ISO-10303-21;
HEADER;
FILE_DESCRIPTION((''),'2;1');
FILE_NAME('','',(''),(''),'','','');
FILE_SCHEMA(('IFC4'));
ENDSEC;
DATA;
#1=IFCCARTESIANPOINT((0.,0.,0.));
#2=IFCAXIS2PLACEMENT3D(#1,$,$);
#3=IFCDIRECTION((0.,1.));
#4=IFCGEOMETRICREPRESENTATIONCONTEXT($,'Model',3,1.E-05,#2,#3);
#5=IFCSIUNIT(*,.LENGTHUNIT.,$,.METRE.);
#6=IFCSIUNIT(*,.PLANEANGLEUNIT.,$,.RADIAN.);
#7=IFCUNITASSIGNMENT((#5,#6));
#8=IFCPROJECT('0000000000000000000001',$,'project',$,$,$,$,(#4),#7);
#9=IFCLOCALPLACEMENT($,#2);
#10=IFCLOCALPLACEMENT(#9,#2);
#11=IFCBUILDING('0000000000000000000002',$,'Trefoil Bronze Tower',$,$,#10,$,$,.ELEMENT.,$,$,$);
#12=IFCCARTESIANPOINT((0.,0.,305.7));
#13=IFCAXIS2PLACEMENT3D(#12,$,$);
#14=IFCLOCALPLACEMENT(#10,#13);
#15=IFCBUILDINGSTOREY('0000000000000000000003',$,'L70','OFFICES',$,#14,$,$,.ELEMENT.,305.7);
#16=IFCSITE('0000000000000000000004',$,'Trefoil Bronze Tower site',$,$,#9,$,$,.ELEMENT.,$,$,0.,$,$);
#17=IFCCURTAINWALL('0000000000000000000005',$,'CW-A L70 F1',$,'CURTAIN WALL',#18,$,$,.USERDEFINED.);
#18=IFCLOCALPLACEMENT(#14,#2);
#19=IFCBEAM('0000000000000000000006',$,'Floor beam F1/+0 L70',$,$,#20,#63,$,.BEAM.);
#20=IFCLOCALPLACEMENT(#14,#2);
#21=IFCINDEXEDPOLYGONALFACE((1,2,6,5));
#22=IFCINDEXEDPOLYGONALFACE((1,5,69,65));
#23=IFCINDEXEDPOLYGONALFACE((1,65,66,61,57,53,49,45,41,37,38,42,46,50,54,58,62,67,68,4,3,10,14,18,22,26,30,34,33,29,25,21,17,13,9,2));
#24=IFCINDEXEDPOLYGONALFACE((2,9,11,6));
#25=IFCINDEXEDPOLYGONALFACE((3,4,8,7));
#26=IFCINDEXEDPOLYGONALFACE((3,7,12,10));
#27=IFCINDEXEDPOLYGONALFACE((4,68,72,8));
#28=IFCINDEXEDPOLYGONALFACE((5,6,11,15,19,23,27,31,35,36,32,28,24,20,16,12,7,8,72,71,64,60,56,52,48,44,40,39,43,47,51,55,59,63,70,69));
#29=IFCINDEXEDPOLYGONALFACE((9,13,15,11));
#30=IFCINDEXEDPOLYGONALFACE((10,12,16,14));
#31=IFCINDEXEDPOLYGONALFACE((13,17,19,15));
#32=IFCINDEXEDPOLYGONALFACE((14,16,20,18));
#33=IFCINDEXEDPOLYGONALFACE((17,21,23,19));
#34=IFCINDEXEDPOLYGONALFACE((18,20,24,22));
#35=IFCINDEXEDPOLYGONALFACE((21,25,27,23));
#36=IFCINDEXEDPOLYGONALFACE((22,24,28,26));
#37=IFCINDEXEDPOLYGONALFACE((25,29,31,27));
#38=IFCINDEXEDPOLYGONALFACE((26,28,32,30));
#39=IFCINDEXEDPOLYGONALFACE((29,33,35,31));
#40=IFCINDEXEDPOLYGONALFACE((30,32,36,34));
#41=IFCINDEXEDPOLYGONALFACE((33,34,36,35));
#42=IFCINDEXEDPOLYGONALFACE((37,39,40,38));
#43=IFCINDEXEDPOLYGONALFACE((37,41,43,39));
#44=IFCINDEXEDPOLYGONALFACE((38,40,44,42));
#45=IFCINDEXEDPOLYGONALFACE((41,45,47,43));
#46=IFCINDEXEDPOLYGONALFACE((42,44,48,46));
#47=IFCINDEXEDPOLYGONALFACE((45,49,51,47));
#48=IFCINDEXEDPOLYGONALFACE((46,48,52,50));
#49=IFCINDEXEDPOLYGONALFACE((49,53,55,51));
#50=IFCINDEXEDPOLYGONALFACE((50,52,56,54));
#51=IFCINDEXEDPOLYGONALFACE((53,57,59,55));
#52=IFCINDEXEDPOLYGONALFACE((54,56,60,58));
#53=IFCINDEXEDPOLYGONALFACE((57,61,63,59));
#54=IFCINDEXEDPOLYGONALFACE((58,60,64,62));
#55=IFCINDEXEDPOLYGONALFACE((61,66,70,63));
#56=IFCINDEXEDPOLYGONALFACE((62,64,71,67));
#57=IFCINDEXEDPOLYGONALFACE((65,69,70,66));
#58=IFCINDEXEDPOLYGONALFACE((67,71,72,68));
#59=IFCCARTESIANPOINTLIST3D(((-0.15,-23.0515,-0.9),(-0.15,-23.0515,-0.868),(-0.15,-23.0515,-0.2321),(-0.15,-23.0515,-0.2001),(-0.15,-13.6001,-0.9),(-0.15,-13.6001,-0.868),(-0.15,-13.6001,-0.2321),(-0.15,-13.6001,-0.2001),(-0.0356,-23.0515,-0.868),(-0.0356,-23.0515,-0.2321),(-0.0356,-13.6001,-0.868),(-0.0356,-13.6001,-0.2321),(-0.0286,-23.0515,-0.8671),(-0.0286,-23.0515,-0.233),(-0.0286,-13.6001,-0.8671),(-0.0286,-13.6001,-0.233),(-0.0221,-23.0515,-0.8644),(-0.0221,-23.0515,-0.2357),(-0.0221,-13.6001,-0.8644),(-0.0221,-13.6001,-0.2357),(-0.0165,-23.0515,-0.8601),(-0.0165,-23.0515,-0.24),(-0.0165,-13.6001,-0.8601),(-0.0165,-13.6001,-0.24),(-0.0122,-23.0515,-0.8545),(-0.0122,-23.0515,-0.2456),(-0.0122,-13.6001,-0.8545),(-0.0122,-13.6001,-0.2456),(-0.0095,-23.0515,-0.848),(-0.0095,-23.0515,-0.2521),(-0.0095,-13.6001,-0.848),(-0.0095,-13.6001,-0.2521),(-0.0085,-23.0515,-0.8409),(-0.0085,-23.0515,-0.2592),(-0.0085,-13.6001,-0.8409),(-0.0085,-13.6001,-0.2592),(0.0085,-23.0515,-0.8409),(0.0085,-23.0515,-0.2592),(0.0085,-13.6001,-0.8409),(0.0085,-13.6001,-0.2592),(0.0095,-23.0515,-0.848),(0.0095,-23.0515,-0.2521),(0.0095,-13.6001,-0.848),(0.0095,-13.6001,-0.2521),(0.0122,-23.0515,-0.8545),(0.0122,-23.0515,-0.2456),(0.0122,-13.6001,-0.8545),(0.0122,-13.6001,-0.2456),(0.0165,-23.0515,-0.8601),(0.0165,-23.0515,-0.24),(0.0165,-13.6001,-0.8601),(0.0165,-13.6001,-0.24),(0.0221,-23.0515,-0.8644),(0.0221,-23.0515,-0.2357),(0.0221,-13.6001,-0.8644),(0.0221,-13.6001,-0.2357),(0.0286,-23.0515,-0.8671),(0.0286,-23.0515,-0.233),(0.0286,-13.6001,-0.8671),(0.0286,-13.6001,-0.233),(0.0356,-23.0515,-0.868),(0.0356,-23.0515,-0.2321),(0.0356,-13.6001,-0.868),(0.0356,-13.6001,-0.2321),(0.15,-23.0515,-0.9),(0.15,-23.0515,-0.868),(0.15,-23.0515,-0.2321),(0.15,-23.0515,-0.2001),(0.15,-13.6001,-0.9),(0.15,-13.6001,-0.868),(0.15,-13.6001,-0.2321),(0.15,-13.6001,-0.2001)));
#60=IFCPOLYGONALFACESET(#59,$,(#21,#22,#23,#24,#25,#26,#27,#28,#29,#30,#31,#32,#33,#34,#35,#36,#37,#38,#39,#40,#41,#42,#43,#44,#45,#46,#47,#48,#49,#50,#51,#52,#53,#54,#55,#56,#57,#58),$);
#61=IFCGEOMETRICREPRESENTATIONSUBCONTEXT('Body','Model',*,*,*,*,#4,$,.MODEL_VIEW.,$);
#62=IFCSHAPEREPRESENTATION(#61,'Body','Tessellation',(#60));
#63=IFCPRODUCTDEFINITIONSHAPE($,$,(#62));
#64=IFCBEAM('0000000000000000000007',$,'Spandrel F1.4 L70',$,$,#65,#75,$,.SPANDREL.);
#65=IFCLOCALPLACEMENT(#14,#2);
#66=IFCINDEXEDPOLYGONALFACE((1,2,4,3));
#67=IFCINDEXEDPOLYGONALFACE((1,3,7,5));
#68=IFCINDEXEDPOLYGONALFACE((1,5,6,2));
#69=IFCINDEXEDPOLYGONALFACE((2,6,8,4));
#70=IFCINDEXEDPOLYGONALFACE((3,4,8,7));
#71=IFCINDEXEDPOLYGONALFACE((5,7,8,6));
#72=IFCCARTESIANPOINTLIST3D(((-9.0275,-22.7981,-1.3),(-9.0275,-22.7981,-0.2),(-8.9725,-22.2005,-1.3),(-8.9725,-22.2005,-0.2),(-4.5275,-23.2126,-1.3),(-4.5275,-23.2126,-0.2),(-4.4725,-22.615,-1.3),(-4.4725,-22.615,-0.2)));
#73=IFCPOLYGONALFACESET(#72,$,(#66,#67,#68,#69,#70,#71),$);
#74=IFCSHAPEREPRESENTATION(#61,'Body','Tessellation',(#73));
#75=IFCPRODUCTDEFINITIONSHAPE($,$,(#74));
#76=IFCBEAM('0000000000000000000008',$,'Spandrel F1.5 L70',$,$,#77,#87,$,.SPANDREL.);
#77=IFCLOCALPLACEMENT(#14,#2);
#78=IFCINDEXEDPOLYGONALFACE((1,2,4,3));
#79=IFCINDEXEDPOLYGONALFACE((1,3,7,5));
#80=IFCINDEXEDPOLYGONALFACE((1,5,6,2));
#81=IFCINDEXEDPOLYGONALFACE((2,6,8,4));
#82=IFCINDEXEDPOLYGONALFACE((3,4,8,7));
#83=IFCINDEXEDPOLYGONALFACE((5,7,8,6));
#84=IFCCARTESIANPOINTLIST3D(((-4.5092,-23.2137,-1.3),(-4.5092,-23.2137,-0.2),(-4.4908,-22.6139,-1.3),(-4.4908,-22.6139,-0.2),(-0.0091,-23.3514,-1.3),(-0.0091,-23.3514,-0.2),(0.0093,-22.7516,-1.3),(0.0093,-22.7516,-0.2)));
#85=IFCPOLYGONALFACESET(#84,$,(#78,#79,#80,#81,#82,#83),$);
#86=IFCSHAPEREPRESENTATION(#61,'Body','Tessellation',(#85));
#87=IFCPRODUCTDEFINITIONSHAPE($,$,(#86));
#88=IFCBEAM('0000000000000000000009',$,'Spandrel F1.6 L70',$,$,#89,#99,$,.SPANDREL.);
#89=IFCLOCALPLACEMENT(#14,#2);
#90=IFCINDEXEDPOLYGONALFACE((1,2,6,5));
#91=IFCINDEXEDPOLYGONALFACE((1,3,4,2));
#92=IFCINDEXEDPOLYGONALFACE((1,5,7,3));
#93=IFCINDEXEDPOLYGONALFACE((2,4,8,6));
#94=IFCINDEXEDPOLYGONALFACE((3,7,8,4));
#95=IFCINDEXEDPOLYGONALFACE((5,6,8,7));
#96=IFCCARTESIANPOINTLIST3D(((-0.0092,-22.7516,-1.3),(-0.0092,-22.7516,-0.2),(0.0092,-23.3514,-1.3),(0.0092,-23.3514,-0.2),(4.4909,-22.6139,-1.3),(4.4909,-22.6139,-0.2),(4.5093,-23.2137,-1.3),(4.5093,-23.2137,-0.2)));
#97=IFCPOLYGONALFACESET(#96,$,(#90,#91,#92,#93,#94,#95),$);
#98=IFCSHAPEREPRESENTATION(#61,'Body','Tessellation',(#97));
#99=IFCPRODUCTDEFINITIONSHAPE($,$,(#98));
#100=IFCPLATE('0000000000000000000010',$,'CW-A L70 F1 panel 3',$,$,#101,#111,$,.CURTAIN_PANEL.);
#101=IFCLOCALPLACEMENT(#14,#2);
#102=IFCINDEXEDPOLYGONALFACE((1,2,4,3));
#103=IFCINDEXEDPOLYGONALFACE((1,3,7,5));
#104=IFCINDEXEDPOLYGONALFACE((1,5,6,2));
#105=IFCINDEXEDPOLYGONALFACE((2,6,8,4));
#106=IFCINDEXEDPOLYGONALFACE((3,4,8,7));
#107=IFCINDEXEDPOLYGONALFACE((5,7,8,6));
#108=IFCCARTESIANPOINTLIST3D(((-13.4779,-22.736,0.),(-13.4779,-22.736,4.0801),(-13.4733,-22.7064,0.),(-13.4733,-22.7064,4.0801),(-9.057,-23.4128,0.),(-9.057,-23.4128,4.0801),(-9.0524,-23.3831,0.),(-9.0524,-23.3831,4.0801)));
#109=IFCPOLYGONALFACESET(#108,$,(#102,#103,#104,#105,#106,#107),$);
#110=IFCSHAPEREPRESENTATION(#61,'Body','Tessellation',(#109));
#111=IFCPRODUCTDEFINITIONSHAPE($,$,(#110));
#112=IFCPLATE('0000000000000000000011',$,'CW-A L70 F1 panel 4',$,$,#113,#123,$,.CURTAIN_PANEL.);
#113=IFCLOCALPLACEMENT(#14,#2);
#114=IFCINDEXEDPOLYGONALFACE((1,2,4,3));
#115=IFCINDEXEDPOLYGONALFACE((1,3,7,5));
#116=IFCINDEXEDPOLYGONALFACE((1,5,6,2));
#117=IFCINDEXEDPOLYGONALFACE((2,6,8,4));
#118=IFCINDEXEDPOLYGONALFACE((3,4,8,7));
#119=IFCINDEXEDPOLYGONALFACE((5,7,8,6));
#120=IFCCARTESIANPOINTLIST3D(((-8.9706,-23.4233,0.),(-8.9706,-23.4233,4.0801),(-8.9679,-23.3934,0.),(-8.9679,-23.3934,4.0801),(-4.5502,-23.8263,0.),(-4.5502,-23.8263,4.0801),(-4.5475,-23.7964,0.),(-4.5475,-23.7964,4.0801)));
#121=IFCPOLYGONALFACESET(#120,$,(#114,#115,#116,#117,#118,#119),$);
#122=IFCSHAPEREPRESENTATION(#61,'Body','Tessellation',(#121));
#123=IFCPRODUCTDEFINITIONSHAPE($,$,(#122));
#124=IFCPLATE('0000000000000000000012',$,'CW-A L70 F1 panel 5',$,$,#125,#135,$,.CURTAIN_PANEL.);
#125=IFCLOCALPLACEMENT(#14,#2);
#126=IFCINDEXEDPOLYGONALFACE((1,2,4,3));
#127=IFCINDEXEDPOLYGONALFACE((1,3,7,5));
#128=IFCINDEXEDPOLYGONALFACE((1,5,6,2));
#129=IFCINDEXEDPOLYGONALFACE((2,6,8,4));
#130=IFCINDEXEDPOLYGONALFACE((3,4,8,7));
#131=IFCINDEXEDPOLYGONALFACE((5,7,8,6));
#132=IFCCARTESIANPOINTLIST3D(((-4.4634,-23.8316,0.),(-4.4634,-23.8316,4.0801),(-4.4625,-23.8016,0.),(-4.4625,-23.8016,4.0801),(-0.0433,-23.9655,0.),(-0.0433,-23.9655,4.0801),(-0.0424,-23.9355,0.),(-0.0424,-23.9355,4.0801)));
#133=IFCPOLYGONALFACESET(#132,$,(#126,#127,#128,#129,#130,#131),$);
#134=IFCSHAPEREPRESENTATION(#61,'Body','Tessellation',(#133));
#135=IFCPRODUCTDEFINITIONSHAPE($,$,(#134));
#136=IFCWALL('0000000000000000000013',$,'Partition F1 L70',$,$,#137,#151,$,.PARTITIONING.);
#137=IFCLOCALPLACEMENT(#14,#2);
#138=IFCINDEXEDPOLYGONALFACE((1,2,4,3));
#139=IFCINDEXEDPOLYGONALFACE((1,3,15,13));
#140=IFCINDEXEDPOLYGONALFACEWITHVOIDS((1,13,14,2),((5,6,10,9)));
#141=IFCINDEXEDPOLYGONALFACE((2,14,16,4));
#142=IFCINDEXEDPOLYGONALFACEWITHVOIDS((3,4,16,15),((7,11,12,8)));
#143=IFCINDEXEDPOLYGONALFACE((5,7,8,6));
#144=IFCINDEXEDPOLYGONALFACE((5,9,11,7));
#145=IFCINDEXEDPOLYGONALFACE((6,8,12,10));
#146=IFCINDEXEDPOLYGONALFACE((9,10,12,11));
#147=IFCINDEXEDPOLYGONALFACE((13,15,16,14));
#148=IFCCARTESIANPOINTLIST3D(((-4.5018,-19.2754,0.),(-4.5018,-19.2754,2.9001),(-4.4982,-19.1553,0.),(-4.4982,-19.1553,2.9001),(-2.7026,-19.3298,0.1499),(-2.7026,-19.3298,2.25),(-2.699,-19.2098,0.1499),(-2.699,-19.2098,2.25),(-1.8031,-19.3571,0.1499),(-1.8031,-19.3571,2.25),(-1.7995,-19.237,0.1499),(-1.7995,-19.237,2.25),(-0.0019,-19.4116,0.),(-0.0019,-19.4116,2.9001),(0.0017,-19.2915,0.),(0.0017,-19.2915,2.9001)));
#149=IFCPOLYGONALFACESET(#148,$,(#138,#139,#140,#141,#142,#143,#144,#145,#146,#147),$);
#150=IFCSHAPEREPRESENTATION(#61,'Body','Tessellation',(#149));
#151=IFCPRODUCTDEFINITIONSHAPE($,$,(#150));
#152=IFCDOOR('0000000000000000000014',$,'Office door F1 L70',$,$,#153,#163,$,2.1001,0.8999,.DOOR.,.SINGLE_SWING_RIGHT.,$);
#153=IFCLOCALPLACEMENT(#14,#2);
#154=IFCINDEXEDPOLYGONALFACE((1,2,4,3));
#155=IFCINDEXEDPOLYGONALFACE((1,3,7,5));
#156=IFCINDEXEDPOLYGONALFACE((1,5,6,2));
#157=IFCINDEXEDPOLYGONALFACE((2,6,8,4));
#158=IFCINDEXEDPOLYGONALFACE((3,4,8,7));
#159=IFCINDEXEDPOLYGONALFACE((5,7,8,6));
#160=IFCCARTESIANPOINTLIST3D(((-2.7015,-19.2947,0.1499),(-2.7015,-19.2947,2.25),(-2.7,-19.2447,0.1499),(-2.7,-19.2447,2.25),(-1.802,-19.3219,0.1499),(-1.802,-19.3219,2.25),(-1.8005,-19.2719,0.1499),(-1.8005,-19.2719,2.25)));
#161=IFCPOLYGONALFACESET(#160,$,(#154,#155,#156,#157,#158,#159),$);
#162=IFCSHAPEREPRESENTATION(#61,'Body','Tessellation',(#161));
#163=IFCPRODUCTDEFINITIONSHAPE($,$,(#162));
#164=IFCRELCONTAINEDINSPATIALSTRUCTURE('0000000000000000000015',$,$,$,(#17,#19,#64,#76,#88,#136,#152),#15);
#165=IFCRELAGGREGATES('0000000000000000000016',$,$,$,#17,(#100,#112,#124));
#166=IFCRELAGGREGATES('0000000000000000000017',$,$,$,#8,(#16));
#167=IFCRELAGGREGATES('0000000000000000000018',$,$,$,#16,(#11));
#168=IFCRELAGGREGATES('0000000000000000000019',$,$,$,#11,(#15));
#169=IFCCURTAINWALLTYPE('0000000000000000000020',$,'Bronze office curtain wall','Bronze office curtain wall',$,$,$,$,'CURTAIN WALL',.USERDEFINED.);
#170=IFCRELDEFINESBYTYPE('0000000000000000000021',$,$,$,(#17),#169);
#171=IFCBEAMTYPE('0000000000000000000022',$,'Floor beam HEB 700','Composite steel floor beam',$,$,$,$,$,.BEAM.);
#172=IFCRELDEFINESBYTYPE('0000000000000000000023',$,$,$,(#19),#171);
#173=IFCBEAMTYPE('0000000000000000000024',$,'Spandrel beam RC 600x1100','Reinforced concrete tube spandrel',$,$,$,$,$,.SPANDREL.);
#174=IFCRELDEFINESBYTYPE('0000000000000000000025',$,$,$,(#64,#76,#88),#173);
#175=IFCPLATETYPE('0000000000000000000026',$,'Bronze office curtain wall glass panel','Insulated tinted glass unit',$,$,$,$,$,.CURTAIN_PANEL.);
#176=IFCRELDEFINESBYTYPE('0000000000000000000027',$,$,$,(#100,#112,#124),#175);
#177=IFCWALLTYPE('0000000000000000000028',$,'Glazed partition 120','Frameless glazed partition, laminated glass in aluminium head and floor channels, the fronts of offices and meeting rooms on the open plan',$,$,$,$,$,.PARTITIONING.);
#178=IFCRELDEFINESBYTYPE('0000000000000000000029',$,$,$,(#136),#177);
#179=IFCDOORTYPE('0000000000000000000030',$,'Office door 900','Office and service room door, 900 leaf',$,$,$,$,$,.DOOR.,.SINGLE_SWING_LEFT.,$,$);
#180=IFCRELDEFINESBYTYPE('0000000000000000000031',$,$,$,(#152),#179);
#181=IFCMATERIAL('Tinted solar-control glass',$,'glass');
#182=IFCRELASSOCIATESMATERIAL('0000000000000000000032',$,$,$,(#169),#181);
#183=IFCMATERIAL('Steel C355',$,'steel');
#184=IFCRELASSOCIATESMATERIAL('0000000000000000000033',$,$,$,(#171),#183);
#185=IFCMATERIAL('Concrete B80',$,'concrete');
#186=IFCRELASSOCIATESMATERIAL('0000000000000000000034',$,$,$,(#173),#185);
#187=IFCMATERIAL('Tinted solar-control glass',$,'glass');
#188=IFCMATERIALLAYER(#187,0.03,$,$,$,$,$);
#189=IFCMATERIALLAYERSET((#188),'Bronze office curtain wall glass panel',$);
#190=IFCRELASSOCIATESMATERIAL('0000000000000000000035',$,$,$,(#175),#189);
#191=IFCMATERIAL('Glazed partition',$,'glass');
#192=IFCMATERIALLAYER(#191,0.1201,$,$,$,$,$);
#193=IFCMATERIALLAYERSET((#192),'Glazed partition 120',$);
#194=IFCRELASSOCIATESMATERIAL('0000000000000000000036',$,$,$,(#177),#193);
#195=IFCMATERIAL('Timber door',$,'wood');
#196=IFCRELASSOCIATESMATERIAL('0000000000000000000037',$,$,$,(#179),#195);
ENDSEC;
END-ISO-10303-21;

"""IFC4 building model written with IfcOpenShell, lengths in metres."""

from ifc_helpers import new_model, si_unit, direction, frame, frame_2d, origin, origin_2d, place, context, subcontext, project, spatial, rectangle, i_section, extrude, material, layer, layer_set, material_profile, profile_set, type_object, element, fill, aggregate, save


model = new_model("IFC4")

# Units and contexts
model_context = context("Model", 3, precision=1e-05, world=origin(), true_north=direction((0.0, 1.0)))
body_context = subcontext(model_context, "Body", "Model", "MODEL_VIEW")
ifc_project = project(units=[si_unit("LENGTHUNIT", "METRE"), si_unit("PLANEANGLEUNIT", "RADIAN")], contexts=[model_context])

# Site, building, storey
site_placement = place(None, origin())
site = spatial("IfcSite", under=ifc_project, at=site_placement, Name="Trefoil Bronze Tower site", CompositionType="ELEMENT", RefElevation=0.0)
building_placement = place(site_placement, origin())
building = spatial("IfcBuilding", under=site, at=building_placement, Name="Trefoil Bronze Tower", CompositionType="ELEMENT")
storey_placement = place(building_placement, frame((0.0, 0.0, 305.7)))
storey = spatial("IfcBuildingStorey", under=building, at=storey_placement, Name="L70", Description="OFFICES", CompositionType="ELEMENT", Elevation=305.7)

# Curtain wall
ifc_material_1 = material(Name="Tinted solar-control glass", Category="glass")
curtain_wall_type = type_object("IfcCurtainWallType", Name="Bronze office curtain wall", Description="Bronze office curtain wall", ElementType="CURTAIN WALL", PredefinedType="USERDEFINED", material=ifc_material_1)
curtain_wall_placement = place(storey_placement, origin())
curtain_wall = element("IfcCurtainWall", 1, at=curtain_wall_placement, inside=storey, type_object=curtain_wall_type, Name="CW-A L70 F1", ObjectType="CURTAIN WALL", PredefinedType="USERDEFINED")

# Beams
ifc_material_2 = material(Name="Steel C355", Category="steel")
ifc_material_profile_1 = material_profile(ifc_material_2, i_section(OverallWidth=0.3, OverallDepth=0.7, WebThickness=0.0171, FlangeThickness=0.032, FilletRadius=0.0271, at=origin_2d()), Name="HEB 700")
ifc_profile_set_1 = profile_set([ifc_material_profile_1], Name="Steel C355")
beam_type_1 = type_object("IfcBeamType", Name="Floor beam HEB 700", Description="Composite steel floor beam", PredefinedType="BEAM", material=ifc_profile_set_1)
beam_1_placement = place(storey_placement, frame((0.0, -23.0515, -0.55), z_axis=(0.0, 1.0, 0.0), x_axis=(-1.0, 0.0, 0.0)))
element("IfcBeam", 2, at=beam_1_placement, inside=storey, type_object=beam_type_1, Name="Floor beam F1/+0 L70", PredefinedType="BEAM", context=body_context, shape_type="SweptSolid", body=[
    extrude(i_section(OverallWidth=0.3, OverallDepth=0.7, WebThickness=0.0171, FlangeThickness=0.032, FilletRadius=0.0271, at=origin_2d()), origin(), (0.0, 0.0, 1.0), 9.4514),
])
ifc_material_3 = material(Name="Concrete B80", Category="concrete")
ifc_material_profile_2 = material_profile(ifc_material_3, rectangle(XDim=0.6001, YDim=1.1001, at=origin_2d()), Name="RC 600x1100")
ifc_profile_set_2 = profile_set([ifc_material_profile_2], Name="Concrete B80")
beam_type_2 = type_object("IfcBeamType", Name="Spandrel beam RC 600x1100", Description="Reinforced concrete tube spandrel", PredefinedType="SPANDREL", material=ifc_profile_set_2)
beam_2_placement = place(storey_placement, frame((-9.0, -22.4993, -0.75), z_axis=(0.995784, -0.091734, 0.0), x_axis=(0.091734, 0.995784, 0.0)))
element("IfcBeam", 3, at=beam_2_placement, inside=storey, type_object=beam_type_2, Name="Spandrel F1.4 L70", PredefinedType="SPANDREL", context=body_context, shape_type="SweptSolid", body=[
    extrude(rectangle(XDim=0.6001, YDim=1.1001, at=origin_2d()), origin(), (0.0, 0.0, 1.0), 4.519),
])
for number, where, z_axis, x_axis, name in (
    (4, (-4.5, -22.9138, -0.75), (0.999532, -0.030585, 0.0), (0.030585, 0.999532, 0.0), "Spandrel F1.5 L70"),
    (5, (0.0, -23.0515, -0.75), (0.999532, 0.030585, 0.0), (-0.030585, 0.999532, 0.0), "Spandrel F1.6 L70"),
):
    element("IfcBeam", number, at=place(storey_placement, frame(where, z_axis=z_axis, x_axis=x_axis)), inside=storey, type_object=beam_type_2, Name=name, PredefinedType="SPANDREL", context=body_context, shape_type="SweptSolid", body=[
        extrude(rectangle(XDim=0.6001, YDim=1.1001, at=origin_2d()), origin(), (0.0, 0.0, 1.0), 4.5022),
    ])

# Plates
ifc_material_4 = material(Name="Tinted solar-control glass", Category="glass")
ifc_layer_1 = layer(ifc_material_4, 0.03)
ifc_layer_set_1 = layer_set([ifc_layer_1], Name="Bronze office curtain wall glass panel")
plate_type = type_object("IfcPlateType", Name="Bronze office curtain wall glass panel", Description="Insulated tinted glass unit", PredefinedType="CURTAIN_PANEL", material=ifc_layer_set_1)
plate_1_placement = place(storey_placement, frame((-11.2651, -23.0596, 0.0), z_axis=(0.0, 0.0, 1.0), x_axis=(0.988485, -0.151317, 0.0)))
plate_1 = element("IfcPlate", 6, at=plate_1_placement, type_object=plate_type, Name="CW-A L70 F1 panel 3", PredefinedType="CURTAIN_PANEL", context=body_context, shape_type="SweptSolid", body=[
    extrude(rectangle(XDim=4.4724, YDim=0.03, at=origin_2d()), origin(), (0.0, 0.0, 1.0), 4.0801),
])
plate_2_placement = place(storey_placement, frame((-6.759, -23.6099, 0.0), z_axis=(0.0, 0.0, 1.0), x_axis=(0.99587, -0.090789, 0.0)))
plate_2 = element("IfcPlate", 7, at=plate_2_placement, type_object=plate_type, Name="CW-A L70 F1 panel 4", PredefinedType="CURTAIN_PANEL", context=body_context, shape_type="SweptSolid", body=[
    extrude(rectangle(XDim=4.4387, YDim=0.03, at=origin_2d()), origin(), (0.0, 0.0, 1.0), 4.0801),
])
plate_3_placement = place(storey_placement, frame((-2.2529, -23.8835, 0.0), z_axis=(0.0, 0.0, 1.0), x_axis=(0.999542, -0.030263, 0.0)))
plate_3 = element("IfcPlate", 8, at=plate_3_placement, type_object=plate_type, Name="CW-A L70 F1 panel 5", PredefinedType="CURTAIN_PANEL", context=body_context, shape_type="SweptSolid", body=[
    extrude(rectangle(XDim=4.4221, YDim=0.03, at=origin_2d()), origin(), (0.0, 0.0, 1.0), 4.0801),
])
aggregate(curtain_wall, [plate_1, plate_2, plate_3])

# Wall, opening, door
ifc_material_5 = material(Name="Glazed partition", Category="glass")
ifc_layer_2 = layer(ifc_material_5, 0.1201)
ifc_layer_set_2 = layer_set([ifc_layer_2], Name="Glazed partition 120")
wall_type_1 = type_object("IfcWallType", Name="Glazed partition 120", Description="Frameless glazed partition, laminated glass in aluminium head and floor channels, the fronts of offices and meeting rooms on the open plan", PredefinedType="PARTITIONING", material=ifc_layer_set_2)
wall_1_placement = place(storey_placement, frame((-4.5, -19.2153, 0.0), z_axis=(0.0, 0.0, 1.0), x_axis=(0.999542, -0.03026, 0.0)))
wall_1 = element("IfcWall", 9, at=wall_1_placement, inside=storey, type_object=wall_type_1, Name="Partition F1 L70", PredefinedType="PARTITIONING", context=body_context, shape_type="SweptSolid", body=[
    extrude(rectangle(XDim=4.502, YDim=0.1201, at=frame_2d((2.251, 0.0))), origin(), (0.0, 0.0, 1.0), 2.9001),
])
opening_1_placement = place(wall_1_placement, frame((1.8, 0.0, 0.1499)))
opening_1 = element("IfcOpeningElement", 10, at=opening_1_placement, cuts=wall_1, PredefinedType="OPENING", context=body_context, shape_type="SweptSolid", body=[
    extrude(rectangle(XDim=0.8999, YDim=2.1001, at=frame_2d((0.45, 1.05))), frame((0.0, 0.0701, 0.0), z_axis=(0.0, -1.0, 0.0), x_axis=(1.0, 0.0, 0.0)), (0.0, 0.0, 1.0), 0.1401),
])
ifc_material_6 = material(Name="Timber door", Category="wood")
door_type_1 = type_object("IfcDoorType", Name="Office door 900", Description="Office and service room door, 900 leaf", OperationType="SINGLE_SWING_LEFT", PredefinedType="DOOR", material=ifc_material_6)
door_1_placement = place(opening_1_placement, frame((0.8999, 0.0, 0.0), z_axis=(0.0, 0.0, 1.0), x_axis=(-1.0, 0.0, 0.0)))
door_1 = element("IfcDoor", 11, at=door_1_placement, inside=storey, type_object=door_type_1, Name="Office door F1 L70", OperationType="SINGLE_SWING_RIGHT", OverallHeight=2.1001, OverallWidth=0.8999, PredefinedType="DOOR", context=body_context, shape_type="SweptSolid", body=[
    extrude(rectangle(XDim=0.8999, YDim=2.1001, at=frame_2d((0.45, 1.05))), frame((0.0, 0.0249, 0.0), z_axis=(0.0, -1.0, 0.0), x_axis=(1.0, 0.0, 0.0)), (0.0, 0.0, 1.0), 0.05),
])
fill(opening_1, door_1)

save(model, "model.ifc")
